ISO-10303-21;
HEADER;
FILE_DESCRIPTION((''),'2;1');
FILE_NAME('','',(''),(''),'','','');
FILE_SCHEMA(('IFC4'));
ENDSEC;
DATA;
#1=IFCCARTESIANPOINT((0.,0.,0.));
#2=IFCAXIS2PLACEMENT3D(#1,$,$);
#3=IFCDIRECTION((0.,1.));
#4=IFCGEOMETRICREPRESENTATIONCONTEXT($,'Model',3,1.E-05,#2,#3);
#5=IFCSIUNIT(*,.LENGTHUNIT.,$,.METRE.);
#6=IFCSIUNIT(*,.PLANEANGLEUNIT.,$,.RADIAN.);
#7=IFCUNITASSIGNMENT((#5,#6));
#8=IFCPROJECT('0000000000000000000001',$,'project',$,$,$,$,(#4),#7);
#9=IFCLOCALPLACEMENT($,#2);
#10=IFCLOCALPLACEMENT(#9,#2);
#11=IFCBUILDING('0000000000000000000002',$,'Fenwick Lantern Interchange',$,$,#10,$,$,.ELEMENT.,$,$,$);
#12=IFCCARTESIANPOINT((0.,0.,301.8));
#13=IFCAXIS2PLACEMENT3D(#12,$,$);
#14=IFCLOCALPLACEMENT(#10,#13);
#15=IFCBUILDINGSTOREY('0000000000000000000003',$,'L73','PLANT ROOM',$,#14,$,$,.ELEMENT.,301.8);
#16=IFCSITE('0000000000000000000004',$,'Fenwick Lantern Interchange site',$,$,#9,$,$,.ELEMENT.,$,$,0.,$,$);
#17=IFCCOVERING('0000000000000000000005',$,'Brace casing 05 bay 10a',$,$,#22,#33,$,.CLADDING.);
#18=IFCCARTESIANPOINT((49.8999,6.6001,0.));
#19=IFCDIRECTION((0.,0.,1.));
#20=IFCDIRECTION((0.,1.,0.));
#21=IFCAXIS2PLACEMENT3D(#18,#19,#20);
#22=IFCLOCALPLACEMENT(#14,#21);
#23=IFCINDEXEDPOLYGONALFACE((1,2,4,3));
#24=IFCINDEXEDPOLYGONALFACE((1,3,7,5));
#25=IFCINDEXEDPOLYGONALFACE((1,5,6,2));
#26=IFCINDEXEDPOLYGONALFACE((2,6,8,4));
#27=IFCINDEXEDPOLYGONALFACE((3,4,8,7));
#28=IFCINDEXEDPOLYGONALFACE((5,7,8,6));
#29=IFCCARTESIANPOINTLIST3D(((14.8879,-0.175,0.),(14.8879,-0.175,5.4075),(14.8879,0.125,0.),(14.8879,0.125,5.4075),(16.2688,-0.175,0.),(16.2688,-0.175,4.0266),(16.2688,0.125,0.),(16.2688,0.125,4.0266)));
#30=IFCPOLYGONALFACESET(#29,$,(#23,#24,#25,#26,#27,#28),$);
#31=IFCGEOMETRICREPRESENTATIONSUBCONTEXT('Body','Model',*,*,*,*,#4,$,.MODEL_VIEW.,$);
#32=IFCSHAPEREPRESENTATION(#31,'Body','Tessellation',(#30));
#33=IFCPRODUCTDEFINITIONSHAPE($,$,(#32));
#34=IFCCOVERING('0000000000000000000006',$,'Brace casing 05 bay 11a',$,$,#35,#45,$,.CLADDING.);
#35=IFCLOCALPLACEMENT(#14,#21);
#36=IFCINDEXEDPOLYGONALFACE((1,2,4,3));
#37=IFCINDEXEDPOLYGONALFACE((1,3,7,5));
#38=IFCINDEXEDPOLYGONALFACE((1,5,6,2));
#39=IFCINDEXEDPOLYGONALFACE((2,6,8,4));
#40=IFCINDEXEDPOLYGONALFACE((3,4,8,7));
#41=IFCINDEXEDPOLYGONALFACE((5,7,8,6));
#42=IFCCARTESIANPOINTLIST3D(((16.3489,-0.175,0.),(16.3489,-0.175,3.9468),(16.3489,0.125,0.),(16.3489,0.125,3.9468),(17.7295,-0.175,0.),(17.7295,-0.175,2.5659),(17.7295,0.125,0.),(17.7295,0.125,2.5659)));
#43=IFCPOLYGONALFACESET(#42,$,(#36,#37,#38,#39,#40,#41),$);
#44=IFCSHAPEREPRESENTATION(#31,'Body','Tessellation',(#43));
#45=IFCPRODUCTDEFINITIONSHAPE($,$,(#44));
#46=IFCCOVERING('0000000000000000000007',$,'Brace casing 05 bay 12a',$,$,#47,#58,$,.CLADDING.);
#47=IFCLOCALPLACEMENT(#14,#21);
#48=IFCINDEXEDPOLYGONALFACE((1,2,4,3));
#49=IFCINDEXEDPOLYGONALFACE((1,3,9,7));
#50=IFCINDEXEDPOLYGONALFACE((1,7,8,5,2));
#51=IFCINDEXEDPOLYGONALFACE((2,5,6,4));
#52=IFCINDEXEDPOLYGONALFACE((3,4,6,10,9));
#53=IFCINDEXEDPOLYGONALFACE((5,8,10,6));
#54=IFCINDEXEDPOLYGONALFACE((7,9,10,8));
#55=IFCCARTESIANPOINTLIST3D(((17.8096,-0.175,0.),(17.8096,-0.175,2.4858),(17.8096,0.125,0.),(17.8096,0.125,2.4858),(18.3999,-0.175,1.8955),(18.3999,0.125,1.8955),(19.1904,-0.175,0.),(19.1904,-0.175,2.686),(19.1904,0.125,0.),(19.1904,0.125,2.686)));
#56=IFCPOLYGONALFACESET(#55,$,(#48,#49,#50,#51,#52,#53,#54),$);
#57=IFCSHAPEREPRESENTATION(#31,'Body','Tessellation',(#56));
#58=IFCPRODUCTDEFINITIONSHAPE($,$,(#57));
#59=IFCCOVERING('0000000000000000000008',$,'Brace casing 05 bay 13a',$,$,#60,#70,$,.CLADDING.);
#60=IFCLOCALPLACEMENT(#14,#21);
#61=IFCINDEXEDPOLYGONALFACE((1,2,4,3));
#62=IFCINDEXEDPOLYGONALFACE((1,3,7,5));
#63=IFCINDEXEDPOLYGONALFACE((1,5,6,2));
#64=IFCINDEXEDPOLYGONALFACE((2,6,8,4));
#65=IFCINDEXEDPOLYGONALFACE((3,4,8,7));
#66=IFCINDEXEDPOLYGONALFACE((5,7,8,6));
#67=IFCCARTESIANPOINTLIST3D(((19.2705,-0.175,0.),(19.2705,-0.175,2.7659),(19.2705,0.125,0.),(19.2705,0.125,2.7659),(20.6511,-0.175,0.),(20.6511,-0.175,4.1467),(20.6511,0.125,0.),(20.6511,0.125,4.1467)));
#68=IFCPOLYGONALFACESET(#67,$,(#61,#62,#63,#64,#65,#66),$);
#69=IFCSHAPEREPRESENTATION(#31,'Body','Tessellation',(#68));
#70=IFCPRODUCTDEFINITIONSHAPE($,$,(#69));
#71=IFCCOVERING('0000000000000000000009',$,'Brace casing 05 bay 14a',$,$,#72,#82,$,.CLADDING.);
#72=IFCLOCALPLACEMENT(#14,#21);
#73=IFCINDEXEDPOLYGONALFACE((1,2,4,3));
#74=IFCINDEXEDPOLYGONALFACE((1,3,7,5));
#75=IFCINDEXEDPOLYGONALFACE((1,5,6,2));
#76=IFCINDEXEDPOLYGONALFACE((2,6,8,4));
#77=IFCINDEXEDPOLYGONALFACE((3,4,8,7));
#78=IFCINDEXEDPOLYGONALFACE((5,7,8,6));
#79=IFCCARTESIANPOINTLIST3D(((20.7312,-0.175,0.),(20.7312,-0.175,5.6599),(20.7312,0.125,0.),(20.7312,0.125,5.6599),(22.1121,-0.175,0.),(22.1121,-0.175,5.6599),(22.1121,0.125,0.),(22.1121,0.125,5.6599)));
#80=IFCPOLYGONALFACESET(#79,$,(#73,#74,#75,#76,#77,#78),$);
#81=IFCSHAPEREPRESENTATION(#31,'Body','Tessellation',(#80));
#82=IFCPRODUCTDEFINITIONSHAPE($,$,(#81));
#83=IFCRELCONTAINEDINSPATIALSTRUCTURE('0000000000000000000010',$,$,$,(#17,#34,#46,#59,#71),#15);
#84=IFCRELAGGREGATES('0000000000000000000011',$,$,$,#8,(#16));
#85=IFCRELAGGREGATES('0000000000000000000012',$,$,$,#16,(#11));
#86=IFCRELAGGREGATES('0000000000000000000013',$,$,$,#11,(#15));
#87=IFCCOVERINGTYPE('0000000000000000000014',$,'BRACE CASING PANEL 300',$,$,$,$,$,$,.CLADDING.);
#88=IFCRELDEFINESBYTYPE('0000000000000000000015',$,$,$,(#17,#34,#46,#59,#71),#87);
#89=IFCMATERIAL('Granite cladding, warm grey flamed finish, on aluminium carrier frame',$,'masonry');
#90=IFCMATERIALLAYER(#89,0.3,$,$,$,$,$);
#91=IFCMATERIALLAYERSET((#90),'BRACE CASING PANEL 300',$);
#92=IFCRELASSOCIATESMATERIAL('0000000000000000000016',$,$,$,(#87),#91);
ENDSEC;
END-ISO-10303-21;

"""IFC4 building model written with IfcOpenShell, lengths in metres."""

from ifc_helpers import new_model, si_unit, direction, frame, origin, place, context, subcontext, project, spatial, polyline, outline, extrude, material, layer, layer_set, type_object, element, save


model = new_model("IFC4")

# Units and contexts
model_context = context("Model", 3, precision=1e-05, world=origin(), true_north=direction((0.0, 1.0)))
body_context = subcontext(model_context, "Body", "Model", "MODEL_VIEW")
ifc_project = project(units=[si_unit("LENGTHUNIT", "METRE"), si_unit("PLANEANGLEUNIT", "RADIAN")], contexts=[model_context])

# Site, building, storey
site_placement = place(None, origin())
site = spatial("IfcSite", under=ifc_project, at=site_placement, Name="Fenwick Lantern Interchange site", CompositionType="ELEMENT", RefElevation=0.0)
building_placement = place(site_placement, origin())
building = spatial("IfcBuilding", under=site, at=building_placement, Name="Fenwick Lantern Interchange", CompositionType="ELEMENT")
storey_placement = place(building_placement, frame((0.0, 0.0, 301.8)))
storey = spatial("IfcBuildingStorey", under=building, at=storey_placement, Name="L73", Description="PLANT ROOM", CompositionType="ELEMENT", Elevation=301.8)

# Coverings
ifc_material_1 = material(Name="Granite cladding, warm grey flamed finish, on aluminium carrier frame", Category="masonry")
ifc_layer_1 = layer(ifc_material_1, 0.3)
ifc_layer_set_1 = layer_set([ifc_layer_1], Name="BRACE CASING PANEL 300")
covering_type = type_object("IfcCoveringType", Name="BRACE CASING PANEL 300", PredefinedType="CLADDING", material=ifc_layer_set_1)
covering_1_placement = place(storey_placement, frame((49.8999, 6.6001, 0.0), z_axis=(0.0, 0.0, 1.0), x_axis=(0.0, 1.0, 0.0)))
element("IfcCovering", 1, at=covering_1_placement, inside=storey, type_object=covering_type, Name="Brace casing 05 bay 10a", PredefinedType="CLADDING", context=body_context, shape_type="SweptSolid", body=[
    extrude(outline(polyline([(14.8879, 0.0), (16.2688, 0.0), (16.2688, 4.0266), (14.8879, 5.4075), (14.8879, 0.0)])), frame((0.0, 0.125, 0.0), z_axis=(0.0, -1.0, 0.0), x_axis=(1.0, 0.0, 0.0)), (0.0, 0.0, 1.0), 0.3),
])
covering_2_placement = place(storey_placement, frame((49.8999, 6.6001, 0.0), z_axis=(0.0, 0.0, 1.0), x_axis=(0.0, 1.0, 0.0)))
element("IfcCovering", 2, at=covering_2_placement, inside=storey, type_object=covering_type, Name="Brace casing 05 bay 11a", PredefinedType="CLADDING", context=body_context, shape_type="SweptSolid", body=[
    extrude(outline(polyline([(16.3489, 0.0), (17.7295, 0.0), (17.7295, 2.5659), (16.3489, 3.9468), (16.3489, 0.0)])), frame((0.0, 0.125, 0.0), z_axis=(0.0, -1.0, 0.0), x_axis=(1.0, 0.0, 0.0)), (0.0, 0.0, 1.0), 0.3),
])
covering_3_placement = place(storey_placement, frame((49.8999, 6.6001, 0.0), z_axis=(0.0, 0.0, 1.0), x_axis=(0.0, 1.0, 0.0)))
element("IfcCovering", 3, at=covering_3_placement, inside=storey, type_object=covering_type, Name="Brace casing 05 bay 12a", PredefinedType="CLADDING", context=body_context, shape_type="SweptSolid", body=[
    extrude(outline(polyline([(17.8096, 0.0), (19.1904, 0.0), (19.1904, 2.686), (18.3999, 1.8955), (17.8096, 2.4858), (17.8096, 0.0)])), frame((0.0, 0.125, 0.0), z_axis=(0.0, -1.0, 0.0), x_axis=(1.0, 0.0, 0.0)), (0.0, 0.0, 1.0), 0.3),
])
covering_4_placement = place(storey_placement, frame((49.8999, 6.6001, 0.0), z_axis=(0.0, 0.0, 1.0), x_axis=(0.0, 1.0, 0.0)))
element("IfcCovering", 4, at=covering_4_placement, inside=storey, type_object=covering_type, Name="Brace casing 05 bay 13a", PredefinedType="CLADDING", context=body_context, shape_type="SweptSolid", body=[
    extrude(outline(polyline([(19.2705, 0.0), (20.6511, 0.0), (20.6511, 4.1467), (19.2705, 2.7659), (19.2705, 0.0)])), frame((0.0, 0.125, 0.0), z_axis=(0.0, -1.0, 0.0), x_axis=(1.0, 0.0, 0.0)), (0.0, 0.0, 1.0), 0.3),
])
covering_5_placement = place(storey_placement, frame((49.8999, 6.6001, 0.0), z_axis=(0.0, 0.0, 1.0), x_axis=(0.0, 1.0, 0.0)))
element("IfcCovering", 5, at=covering_5_placement, inside=storey, type_object=covering_type, Name="Brace casing 05 bay 14a", PredefinedType="CLADDING", context=body_context, shape_type="SweptSolid", body=[
    extrude(outline(polyline([(20.7312, 0.0), (22.1121, 0.0), (22.1121, 5.6599), (20.7312, 5.6599), (20.7312, 0.0)])), frame((0.0, 0.125, 0.0), z_axis=(0.0, -1.0, 0.0), x_axis=(1.0, 0.0, 0.0)), (0.0, 0.0, 1.0), 0.3),
])

save(model, "model.ifc")
